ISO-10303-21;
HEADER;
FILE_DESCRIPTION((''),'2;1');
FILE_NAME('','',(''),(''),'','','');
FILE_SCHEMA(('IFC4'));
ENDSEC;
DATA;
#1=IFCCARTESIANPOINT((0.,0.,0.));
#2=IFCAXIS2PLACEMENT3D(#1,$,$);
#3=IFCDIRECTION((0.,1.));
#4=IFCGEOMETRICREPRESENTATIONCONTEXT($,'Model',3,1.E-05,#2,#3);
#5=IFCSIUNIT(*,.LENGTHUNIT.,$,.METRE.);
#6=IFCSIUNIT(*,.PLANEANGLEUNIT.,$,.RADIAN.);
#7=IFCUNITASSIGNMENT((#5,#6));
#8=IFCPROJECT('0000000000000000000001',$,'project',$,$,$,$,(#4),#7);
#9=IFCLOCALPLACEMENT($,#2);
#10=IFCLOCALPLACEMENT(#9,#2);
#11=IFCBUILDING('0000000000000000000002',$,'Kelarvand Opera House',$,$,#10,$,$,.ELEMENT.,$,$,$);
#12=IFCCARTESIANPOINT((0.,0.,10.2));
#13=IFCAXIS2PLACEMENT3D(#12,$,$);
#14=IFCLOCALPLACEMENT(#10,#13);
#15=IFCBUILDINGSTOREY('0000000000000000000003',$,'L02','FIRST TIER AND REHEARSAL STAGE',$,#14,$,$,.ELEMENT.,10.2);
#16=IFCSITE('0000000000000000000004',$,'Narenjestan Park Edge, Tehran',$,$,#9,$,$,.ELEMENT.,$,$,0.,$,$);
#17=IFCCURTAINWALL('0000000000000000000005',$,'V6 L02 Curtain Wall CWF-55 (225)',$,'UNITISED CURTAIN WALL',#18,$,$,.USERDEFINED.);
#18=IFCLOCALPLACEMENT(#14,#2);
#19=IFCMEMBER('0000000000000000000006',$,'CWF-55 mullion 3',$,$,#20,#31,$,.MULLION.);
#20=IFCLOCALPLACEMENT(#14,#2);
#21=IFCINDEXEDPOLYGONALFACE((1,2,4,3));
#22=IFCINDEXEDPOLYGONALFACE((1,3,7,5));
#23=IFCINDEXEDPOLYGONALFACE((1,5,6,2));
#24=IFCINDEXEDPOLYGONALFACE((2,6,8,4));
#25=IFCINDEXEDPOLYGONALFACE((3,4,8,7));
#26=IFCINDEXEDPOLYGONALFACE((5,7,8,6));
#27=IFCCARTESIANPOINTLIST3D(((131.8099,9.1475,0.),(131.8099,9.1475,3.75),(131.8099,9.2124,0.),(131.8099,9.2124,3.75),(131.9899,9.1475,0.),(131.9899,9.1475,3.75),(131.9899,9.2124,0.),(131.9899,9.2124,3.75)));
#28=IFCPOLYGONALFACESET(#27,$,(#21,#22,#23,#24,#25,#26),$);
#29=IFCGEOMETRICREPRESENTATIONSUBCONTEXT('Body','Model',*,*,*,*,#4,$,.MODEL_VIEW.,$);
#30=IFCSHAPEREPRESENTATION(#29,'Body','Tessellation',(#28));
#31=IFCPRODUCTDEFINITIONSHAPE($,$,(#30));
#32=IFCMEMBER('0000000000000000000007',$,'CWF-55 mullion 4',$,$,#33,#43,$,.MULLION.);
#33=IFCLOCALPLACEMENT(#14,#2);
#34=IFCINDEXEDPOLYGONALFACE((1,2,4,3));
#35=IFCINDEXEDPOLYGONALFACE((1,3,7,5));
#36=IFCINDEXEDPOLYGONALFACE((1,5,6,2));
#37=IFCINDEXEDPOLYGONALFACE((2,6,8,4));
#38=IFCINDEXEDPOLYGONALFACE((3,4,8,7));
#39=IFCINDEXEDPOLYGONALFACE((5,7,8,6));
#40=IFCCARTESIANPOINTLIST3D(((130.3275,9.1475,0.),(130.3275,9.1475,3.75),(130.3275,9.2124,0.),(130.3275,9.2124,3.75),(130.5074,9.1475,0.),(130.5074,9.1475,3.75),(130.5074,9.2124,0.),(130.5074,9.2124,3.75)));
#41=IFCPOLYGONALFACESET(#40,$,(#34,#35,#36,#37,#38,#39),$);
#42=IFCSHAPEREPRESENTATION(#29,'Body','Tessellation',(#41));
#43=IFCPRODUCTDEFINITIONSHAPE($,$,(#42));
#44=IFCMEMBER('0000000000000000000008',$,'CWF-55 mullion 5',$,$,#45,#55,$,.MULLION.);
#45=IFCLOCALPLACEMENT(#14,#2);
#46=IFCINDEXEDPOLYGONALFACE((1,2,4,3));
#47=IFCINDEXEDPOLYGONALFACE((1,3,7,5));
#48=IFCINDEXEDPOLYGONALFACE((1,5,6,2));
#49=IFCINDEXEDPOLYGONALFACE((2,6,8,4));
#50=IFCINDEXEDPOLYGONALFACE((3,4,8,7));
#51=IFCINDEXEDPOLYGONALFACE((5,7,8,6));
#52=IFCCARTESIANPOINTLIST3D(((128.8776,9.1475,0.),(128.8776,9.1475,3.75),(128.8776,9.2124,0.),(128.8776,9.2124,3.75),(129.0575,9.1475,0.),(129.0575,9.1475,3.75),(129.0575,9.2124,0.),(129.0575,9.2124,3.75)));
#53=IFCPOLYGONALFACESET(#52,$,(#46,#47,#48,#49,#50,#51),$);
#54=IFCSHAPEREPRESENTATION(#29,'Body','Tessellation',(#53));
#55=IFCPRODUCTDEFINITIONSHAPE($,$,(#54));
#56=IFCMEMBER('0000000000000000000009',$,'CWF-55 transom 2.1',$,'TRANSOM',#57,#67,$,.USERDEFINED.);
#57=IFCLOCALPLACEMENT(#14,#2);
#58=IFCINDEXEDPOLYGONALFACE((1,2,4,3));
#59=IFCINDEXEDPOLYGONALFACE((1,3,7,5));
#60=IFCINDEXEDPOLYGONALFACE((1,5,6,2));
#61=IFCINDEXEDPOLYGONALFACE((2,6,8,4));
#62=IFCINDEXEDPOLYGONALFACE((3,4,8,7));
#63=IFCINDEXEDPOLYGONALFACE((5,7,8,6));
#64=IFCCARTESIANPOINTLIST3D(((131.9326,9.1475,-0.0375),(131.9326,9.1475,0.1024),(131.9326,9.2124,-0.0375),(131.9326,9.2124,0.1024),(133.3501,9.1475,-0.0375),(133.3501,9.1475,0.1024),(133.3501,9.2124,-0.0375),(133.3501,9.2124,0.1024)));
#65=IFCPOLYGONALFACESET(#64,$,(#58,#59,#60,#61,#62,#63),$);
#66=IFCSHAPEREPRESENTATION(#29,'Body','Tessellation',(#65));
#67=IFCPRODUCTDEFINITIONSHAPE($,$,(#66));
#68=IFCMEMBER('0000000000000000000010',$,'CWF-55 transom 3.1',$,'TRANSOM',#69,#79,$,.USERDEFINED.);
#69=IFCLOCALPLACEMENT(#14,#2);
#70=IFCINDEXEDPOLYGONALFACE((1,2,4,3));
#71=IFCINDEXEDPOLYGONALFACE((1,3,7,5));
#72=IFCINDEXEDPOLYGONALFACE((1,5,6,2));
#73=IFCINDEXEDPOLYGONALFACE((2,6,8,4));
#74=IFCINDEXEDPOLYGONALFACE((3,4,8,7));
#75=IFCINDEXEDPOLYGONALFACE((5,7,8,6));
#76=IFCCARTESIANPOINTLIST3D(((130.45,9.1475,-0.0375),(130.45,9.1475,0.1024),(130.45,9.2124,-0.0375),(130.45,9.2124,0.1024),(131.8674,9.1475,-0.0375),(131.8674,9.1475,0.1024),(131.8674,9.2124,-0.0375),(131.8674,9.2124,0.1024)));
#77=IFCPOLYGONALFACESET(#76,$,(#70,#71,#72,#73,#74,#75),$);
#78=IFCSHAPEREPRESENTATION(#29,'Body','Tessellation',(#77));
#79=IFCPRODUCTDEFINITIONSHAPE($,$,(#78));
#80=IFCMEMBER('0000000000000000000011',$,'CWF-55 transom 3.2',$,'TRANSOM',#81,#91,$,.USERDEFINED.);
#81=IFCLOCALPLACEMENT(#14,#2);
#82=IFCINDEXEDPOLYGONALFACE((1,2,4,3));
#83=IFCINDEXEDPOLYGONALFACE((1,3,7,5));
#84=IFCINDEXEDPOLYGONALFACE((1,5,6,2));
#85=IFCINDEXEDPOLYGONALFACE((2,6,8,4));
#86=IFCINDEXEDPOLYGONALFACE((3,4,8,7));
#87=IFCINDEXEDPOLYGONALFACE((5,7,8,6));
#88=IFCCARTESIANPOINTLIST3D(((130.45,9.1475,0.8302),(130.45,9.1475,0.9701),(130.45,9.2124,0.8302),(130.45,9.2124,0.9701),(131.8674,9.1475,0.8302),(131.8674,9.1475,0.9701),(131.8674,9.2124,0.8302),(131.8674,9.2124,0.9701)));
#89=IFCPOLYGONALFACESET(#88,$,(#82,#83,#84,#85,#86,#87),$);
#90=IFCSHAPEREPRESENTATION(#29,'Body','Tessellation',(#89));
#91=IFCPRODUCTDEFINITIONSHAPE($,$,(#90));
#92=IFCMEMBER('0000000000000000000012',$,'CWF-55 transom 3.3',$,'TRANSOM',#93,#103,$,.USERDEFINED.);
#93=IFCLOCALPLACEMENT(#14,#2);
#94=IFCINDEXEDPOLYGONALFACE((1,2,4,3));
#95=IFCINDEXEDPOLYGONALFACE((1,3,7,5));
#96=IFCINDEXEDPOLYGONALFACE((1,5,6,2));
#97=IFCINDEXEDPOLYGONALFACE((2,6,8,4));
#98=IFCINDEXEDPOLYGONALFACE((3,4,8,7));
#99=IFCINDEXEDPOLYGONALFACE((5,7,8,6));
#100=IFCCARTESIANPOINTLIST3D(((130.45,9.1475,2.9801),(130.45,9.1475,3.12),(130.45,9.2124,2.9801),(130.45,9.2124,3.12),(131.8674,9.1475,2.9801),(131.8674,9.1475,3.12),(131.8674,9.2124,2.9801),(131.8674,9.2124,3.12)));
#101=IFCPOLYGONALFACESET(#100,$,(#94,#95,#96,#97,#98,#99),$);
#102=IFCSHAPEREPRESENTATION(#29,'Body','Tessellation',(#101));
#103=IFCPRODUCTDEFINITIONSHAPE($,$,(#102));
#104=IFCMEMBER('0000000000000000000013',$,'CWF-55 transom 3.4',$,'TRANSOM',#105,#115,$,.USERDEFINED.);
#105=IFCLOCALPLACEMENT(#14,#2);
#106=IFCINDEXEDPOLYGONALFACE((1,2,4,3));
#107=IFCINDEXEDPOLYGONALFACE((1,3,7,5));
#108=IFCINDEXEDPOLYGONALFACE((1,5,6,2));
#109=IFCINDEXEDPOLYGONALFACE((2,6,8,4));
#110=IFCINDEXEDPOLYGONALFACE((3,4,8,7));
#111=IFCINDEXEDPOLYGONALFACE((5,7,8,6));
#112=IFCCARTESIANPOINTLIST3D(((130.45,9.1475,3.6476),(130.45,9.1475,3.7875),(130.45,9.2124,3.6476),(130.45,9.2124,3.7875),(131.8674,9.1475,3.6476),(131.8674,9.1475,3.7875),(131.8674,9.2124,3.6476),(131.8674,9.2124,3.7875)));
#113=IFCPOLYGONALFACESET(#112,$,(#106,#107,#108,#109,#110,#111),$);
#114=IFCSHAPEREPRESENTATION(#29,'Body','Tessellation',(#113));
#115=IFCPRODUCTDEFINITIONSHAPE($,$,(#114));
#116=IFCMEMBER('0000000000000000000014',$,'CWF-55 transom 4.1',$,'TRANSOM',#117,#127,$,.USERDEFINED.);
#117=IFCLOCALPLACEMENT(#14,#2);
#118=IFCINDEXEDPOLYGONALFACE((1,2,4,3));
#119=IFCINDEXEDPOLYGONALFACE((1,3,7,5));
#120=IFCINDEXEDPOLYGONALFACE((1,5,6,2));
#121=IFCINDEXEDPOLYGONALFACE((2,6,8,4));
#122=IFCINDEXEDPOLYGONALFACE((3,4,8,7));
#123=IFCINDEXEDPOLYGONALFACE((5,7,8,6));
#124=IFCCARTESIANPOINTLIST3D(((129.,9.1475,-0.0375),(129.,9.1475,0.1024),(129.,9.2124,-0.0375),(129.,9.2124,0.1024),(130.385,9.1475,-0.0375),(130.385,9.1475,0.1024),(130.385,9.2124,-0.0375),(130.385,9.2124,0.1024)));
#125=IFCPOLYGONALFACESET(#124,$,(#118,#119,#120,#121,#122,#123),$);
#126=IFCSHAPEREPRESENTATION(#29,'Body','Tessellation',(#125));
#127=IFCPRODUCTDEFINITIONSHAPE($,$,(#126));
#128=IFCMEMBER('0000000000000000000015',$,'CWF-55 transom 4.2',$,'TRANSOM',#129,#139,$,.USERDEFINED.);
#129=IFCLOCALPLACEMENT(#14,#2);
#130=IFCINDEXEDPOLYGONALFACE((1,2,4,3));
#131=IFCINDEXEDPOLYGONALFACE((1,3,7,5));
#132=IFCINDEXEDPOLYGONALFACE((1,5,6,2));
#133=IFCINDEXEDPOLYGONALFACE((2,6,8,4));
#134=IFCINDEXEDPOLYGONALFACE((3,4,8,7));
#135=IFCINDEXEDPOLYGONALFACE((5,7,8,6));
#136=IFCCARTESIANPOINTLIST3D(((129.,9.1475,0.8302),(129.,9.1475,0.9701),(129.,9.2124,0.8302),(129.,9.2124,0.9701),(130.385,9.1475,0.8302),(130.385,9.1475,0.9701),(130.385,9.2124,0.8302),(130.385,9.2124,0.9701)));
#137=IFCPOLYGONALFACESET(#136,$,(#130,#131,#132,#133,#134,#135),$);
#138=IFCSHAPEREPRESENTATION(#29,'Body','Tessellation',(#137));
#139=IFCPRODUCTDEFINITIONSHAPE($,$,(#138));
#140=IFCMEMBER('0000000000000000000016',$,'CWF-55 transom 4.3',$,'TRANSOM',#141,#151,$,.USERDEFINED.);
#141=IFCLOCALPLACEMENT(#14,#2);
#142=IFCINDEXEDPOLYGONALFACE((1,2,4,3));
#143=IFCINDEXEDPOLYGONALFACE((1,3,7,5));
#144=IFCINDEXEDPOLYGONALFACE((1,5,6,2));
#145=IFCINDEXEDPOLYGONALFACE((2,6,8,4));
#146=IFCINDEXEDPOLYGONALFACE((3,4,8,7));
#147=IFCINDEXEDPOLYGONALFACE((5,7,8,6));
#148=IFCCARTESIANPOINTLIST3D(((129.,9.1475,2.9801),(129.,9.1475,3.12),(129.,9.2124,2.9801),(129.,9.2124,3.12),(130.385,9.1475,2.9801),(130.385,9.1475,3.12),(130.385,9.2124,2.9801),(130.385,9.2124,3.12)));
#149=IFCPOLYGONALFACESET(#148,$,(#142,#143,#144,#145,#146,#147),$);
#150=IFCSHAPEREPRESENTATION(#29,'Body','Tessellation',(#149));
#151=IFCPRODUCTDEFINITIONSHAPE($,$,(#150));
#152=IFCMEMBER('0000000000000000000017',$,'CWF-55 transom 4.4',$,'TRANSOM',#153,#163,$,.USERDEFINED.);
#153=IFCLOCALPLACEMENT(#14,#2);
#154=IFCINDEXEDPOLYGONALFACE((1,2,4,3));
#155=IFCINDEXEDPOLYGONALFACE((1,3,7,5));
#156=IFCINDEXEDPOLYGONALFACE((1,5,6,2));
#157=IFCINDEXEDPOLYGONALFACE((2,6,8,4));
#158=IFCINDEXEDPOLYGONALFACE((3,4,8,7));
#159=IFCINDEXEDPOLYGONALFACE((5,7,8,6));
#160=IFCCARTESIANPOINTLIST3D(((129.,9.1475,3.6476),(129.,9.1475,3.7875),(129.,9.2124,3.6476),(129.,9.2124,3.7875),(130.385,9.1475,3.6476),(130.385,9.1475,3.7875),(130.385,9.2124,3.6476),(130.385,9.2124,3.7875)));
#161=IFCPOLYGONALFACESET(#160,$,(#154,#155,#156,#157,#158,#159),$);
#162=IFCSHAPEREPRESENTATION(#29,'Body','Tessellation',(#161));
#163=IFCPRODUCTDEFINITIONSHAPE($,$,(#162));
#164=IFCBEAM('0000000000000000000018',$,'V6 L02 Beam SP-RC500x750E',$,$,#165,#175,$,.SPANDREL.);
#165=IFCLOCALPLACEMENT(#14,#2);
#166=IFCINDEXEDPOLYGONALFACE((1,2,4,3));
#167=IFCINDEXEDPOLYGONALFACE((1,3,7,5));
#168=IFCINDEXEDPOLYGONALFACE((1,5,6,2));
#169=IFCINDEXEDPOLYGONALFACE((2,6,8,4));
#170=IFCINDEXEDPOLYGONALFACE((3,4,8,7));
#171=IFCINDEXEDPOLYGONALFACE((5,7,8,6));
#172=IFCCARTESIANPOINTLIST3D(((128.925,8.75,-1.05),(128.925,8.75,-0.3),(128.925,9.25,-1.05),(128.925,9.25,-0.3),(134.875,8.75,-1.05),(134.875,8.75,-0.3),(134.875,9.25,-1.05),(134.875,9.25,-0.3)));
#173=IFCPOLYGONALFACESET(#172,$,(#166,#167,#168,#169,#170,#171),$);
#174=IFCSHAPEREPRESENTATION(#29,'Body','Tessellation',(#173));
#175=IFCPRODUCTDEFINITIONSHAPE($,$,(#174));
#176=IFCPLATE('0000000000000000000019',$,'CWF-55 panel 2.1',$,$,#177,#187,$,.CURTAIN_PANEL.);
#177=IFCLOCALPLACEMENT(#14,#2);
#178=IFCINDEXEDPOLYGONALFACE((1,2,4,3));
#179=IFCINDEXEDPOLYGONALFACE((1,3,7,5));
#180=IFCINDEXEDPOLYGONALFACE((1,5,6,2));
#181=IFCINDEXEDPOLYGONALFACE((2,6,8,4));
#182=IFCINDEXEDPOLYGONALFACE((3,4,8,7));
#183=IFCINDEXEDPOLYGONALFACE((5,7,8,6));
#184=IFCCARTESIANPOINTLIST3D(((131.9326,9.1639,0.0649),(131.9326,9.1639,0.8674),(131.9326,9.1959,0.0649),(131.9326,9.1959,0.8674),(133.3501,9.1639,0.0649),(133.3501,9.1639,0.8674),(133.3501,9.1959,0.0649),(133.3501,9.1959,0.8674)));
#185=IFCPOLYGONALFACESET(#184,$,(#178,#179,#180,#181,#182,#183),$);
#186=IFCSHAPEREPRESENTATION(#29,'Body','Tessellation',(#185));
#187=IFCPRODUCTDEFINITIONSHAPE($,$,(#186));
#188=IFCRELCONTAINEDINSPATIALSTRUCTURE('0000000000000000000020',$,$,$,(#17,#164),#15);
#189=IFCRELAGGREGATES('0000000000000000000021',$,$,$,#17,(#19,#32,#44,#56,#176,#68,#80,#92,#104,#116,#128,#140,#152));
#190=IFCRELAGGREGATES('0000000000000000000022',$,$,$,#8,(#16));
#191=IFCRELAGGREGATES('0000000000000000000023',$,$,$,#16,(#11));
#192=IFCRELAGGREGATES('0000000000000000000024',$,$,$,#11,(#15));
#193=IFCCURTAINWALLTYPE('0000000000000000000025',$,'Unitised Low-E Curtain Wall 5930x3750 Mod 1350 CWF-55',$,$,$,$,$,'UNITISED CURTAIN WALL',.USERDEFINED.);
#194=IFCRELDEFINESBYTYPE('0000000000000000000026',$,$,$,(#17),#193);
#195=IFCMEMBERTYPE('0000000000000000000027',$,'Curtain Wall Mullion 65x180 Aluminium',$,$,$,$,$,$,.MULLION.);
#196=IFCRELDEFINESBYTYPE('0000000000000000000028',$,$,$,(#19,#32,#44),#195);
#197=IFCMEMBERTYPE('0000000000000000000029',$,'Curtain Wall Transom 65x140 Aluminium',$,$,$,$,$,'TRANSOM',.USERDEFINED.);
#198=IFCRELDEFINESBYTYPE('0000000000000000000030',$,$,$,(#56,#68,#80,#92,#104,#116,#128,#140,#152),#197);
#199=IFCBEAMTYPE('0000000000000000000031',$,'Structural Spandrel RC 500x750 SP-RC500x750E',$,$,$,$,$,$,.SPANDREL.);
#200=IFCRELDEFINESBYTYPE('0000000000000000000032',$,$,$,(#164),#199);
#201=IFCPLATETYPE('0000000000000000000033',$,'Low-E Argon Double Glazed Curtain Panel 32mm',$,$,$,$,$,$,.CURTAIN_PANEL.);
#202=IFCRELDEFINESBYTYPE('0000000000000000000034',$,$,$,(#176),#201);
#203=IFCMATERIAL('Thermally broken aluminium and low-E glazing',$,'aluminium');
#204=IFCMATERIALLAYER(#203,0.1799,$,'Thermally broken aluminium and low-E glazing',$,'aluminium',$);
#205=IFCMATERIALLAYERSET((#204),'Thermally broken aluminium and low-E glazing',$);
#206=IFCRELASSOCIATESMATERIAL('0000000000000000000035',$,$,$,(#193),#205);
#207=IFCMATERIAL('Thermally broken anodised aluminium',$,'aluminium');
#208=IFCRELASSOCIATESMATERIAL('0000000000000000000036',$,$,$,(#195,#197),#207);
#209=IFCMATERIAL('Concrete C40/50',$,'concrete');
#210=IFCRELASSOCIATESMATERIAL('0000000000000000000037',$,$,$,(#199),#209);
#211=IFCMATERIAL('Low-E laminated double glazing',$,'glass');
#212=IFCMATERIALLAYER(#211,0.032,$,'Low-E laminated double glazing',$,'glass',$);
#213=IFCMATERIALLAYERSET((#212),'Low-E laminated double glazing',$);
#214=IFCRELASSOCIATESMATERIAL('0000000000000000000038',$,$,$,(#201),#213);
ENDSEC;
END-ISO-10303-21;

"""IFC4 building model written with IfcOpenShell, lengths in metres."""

from ifc_helpers import new_model, si_unit, direction, frame, origin, origin_2d, place, context, subcontext, project, spatial, rectangle, extrude, material, layer, layer_set, material_profile, profile_set, type_object, element, aggregate, save


model = new_model("IFC4")

# Units and contexts
model_context = context("Model", 3, precision=1e-05, world=origin(), true_north=direction((0.0, 1.0)))
body_context = subcontext(model_context, "Body", "Model", "MODEL_VIEW")
ifc_project = project(units=[si_unit("LENGTHUNIT", "METRE"), si_unit("PLANEANGLEUNIT", "RADIAN")], contexts=[model_context])

# Site, building, storey
site_placement = place(None, origin())
site = spatial("IfcSite", under=ifc_project, at=site_placement, Name="Narenjestan Park Edge, Tehran", CompositionType="ELEMENT", RefElevation=0.0)
building_placement = place(site_placement, origin())
building = spatial("IfcBuilding", under=site, at=building_placement, Name="Kelarvand Opera House", CompositionType="ELEMENT")
storey_placement = place(building_placement, frame((0.0, 0.0, 10.2)))
storey = spatial("IfcBuildingStorey", under=building, at=storey_placement, Name="L02", Description="FIRST TIER AND REHEARSAL STAGE", CompositionType="ELEMENT", Elevation=10.2)

# Curtain wall, members
ifc_material_1 = material(Name="Thermally broken aluminium and low-E glazing", Category="aluminium")
ifc_layer_1 = layer(ifc_material_1, 0.1799, Name="Thermally broken aluminium and low-E glazing", Category="aluminium")
ifc_layer_set_1 = layer_set([ifc_layer_1], Name="Thermally broken aluminium and low-E glazing")
curtain_wall_type = type_object("IfcCurtainWallType", Name="Unitised Low-E Curtain Wall 5930x3750 Mod 1350 CWF-55", ElementType="UNITISED CURTAIN WALL", PredefinedType="USERDEFINED", material=ifc_layer_set_1)
curtain_wall_placement = place(storey_placement, origin())
curtain_wall = element("IfcCurtainWall", 1, at=curtain_wall_placement, inside=storey, type_object=curtain_wall_type, Name="V6 L02 Curtain Wall CWF-55 (225)", ObjectType="UNITISED CURTAIN WALL", PredefinedType="USERDEFINED")
ifc_material_2 = material(Name="Thermally broken anodised aluminium", Category="aluminium")
ifc_material_profile_1 = material_profile(ifc_material_2, rectangle(XDim=0.0649, YDim=0.1799, at=origin_2d()), Name="ALU MULLION 65x180", Category="aluminium")
ifc_profile_set_1 = profile_set([ifc_material_profile_1], Name="Thermally broken anodised aluminium")
member_type_1 = type_object("IfcMemberType", Name="Curtain Wall Mullion 65x180 Aluminium", PredefinedType="MULLION", material=ifc_profile_set_1)
member_1_placement = place(storey_placement, frame((131.8999, 9.1799, 0.0), z_axis=(0.0, 0.0, 1.0), x_axis=(0.0, -1.0, 0.0)))
member_1 = element("IfcMember", 2, at=member_1_placement, type_object=member_type_1, Name="CWF-55 mullion 3", PredefinedType="MULLION", context=body_context, shape_type="SweptSolid", body=[
    extrude(rectangle(XDim=0.0649, YDim=0.1799, at=origin_2d()), origin(), (0.0, 0.0, 1.0), 3.75),
])
member_2_placement = place(storey_placement, frame((130.4175, 9.1799, 0.0), z_axis=(0.0, 0.0, 1.0), x_axis=(0.0, -1.0, 0.0)))
member_2 = element("IfcMember", 3, at=member_2_placement, type_object=member_type_1, Name="CWF-55 mullion 4", PredefinedType="MULLION", context=body_context, shape_type="SweptSolid", body=[
    extrude(rectangle(XDim=0.0649, YDim=0.1799, at=origin_2d()), origin(), (0.0, 0.0, 1.0), 3.75),
])
member_3_placement = place(storey_placement, frame((128.9675, 9.1799, 0.0), z_axis=(0.0, 0.0, 1.0), x_axis=(0.0, -1.0, 0.0)))
member_3 = element("IfcMember", 4, at=member_3_placement, type_object=member_type_1, Name="CWF-55 mullion 5", PredefinedType="MULLION", context=body_context, shape_type="SweptSolid", body=[
    extrude(rectangle(XDim=0.0649, YDim=0.1799, at=origin_2d()), origin(), (0.0, 0.0, 1.0), 3.75),
])
ifc_material_profile_2 = material_profile(ifc_material_2, rectangle(XDim=0.0649, YDim=0.1399, at=origin_2d()), Name="ALU TRANSOM 65x140", Category="aluminium")
ifc_profile_set_2 = profile_set([ifc_material_profile_2], Name="Thermally broken anodised aluminium")
member_type_2 = type_object("IfcMemberType", Name="Curtain Wall Transom 65x140 Aluminium", ElementType="TRANSOM", PredefinedType="USERDEFINED", material=ifc_profile_set_2)
member_4_placement = place(storey_placement, frame((133.3501, 9.1799, 0.0325), z_axis=(-1.0, 0.0, 0.0), x_axis=(0.0, -1.0, 0.0)))
member_4 = element("IfcMember", 5, at=member_4_placement, type_object=member_type_2, Name="CWF-55 transom 2.1", ObjectType="TRANSOM", PredefinedType="USERDEFINED", context=body_context, shape_type="SweptSolid", body=[
    extrude(rectangle(XDim=0.0649, YDim=0.1399, at=origin_2d()), origin(), (0.0, 0.0, 1.0), 1.4175),
])
member_5_placement = place(storey_placement, frame((131.8674, 9.1799, 0.0325), z_axis=(-1.0, 0.0, 0.0), x_axis=(0.0, -1.0, 0.0)))
member_5 = element("IfcMember", 6, at=member_5_placement, type_object=member_type_2, Name="CWF-55 transom 3.1", ObjectType="TRANSOM", PredefinedType="USERDEFINED", context=body_context, shape_type="SweptSolid", body=[
    extrude(rectangle(XDim=0.0649, YDim=0.1399, at=origin_2d()), origin(), (0.0, 0.0, 1.0), 1.4175),
])
member_6_placement = place(storey_placement, frame((131.8674, 9.1799, 0.9001), z_axis=(-1.0, 0.0, 0.0), x_axis=(0.0, -1.0, 0.0)))
member_6 = element("IfcMember", 7, at=member_6_placement, type_object=member_type_2, Name="CWF-55 transom 3.2", ObjectType="TRANSOM", PredefinedType="USERDEFINED", context=body_context, shape_type="SweptSolid", body=[
    extrude(rectangle(XDim=0.0649, YDim=0.1399, at=origin_2d()), origin(), (0.0, 0.0, 1.0), 1.4175),
])
member_7_placement = place(storey_placement, frame((131.8674, 9.1799, 3.05), z_axis=(-1.0, 0.0, 0.0), x_axis=(0.0, -1.0, 0.0)))
member_7 = element("IfcMember", 8, at=member_7_placement, type_object=member_type_2, Name="CWF-55 transom 3.3", ObjectType="TRANSOM", PredefinedType="USERDEFINED", context=body_context, shape_type="SweptSolid", body=[
    extrude(rectangle(XDim=0.0649, YDim=0.1399, at=origin_2d()), origin(), (0.0, 0.0, 1.0), 1.4175),
])
member_8_placement = place(storey_placement, frame((131.8674, 9.1799, 3.7175), z_axis=(-1.0, 0.0, 0.0), x_axis=(0.0, -1.0, 0.0)))
member_8 = element("IfcMember", 9, at=member_8_placement, type_object=member_type_2, Name="CWF-55 transom 3.4", ObjectType="TRANSOM", PredefinedType="USERDEFINED", context=body_context, shape_type="SweptSolid", body=[
    extrude(rectangle(XDim=0.0649, YDim=0.1399, at=origin_2d()), origin(), (0.0, 0.0, 1.0), 1.4175),
])
member_9_placement = place(storey_placement, frame((130.385, 9.1799, 0.0325), z_axis=(-1.0, 0.0, 0.0), x_axis=(0.0, -1.0, 0.0)))
member_9 = element("IfcMember", 10, at=member_9_placement, type_object=member_type_2, Name="CWF-55 transom 4.1", ObjectType="TRANSOM", PredefinedType="USERDEFINED", context=body_context, shape_type="SweptSolid", body=[
    extrude(rectangle(XDim=0.0649, YDim=0.1399, at=origin_2d()), origin(), (0.0, 0.0, 1.0), 1.385),
])
member_10_placement = place(storey_placement, frame((130.385, 9.1799, 0.9001), z_axis=(-1.0, 0.0, 0.0), x_axis=(0.0, -1.0, 0.0)))
member_10 = element("IfcMember", 11, at=member_10_placement, type_object=member_type_2, Name="CWF-55 transom 4.2", ObjectType="TRANSOM", PredefinedType="USERDEFINED", context=body_context, shape_type="SweptSolid", body=[
    extrude(rectangle(XDim=0.0649, YDim=0.1399, at=origin_2d()), origin(), (0.0, 0.0, 1.0), 1.385),
])
member_11_placement = place(storey_placement, frame((130.385, 9.1799, 3.05), z_axis=(-1.0, 0.0, 0.0), x_axis=(0.0, -1.0, 0.0)))
member_11 = element("IfcMember", 12, at=member_11_placement, type_object=member_type_2, Name="CWF-55 transom 4.3", ObjectType="TRANSOM", PredefinedType="USERDEFINED", context=body_context, shape_type="SweptSolid", body=[
    extrude(rectangle(XDim=0.0649, YDim=0.1399, at=origin_2d()), origin(), (0.0, 0.0, 1.0), 1.385),
])
member_12_placement = place(storey_placement, frame((130.385, 9.1799, 3.7175), z_axis=(-1.0, 0.0, 0.0), x_axis=(0.0, -1.0, 0.0)))
member_12 = element("IfcMember", 13, at=member_12_placement, type_object=member_type_2, Name="CWF-55 transom 4.4", ObjectType="TRANSOM", PredefinedType="USERDEFINED", context=body_context, shape_type="SweptSolid", body=[
    extrude(rectangle(XDim=0.0649, YDim=0.1399, at=origin_2d()), origin(), (0.0, 0.0, 1.0), 1.385),
])

# Beam
ifc_material_3 = material(Name="Concrete C40/50", Category="concrete")
ifc_material_profile_3 = material_profile(ifc_material_3, rectangle(XDim=0.5, YDim=0.75, at=origin_2d()), Name="RC 500x750", Category="concrete")
ifc_profile_set_3 = profile_set([ifc_material_profile_3], Name="Concrete C40/50")
beam_type = type_object("IfcBeamType", Name="Structural Spandrel RC 500x750 SP-RC500x750E", PredefinedType="SPANDREL", material=ifc_profile_set_3)
beam_placement = place(storey_placement, frame((128.925, 9.0, -0.675), z_axis=(1.0, 0.0, 0.0), x_axis=(0.0, 1.0, 0.0)))
element("IfcBeam", 14, at=beam_placement, inside=storey, type_object=beam_type, Name="V6 L02 Beam SP-RC500x750E", PredefinedType="SPANDREL", context=body_context, shape_type="SweptSolid", body=[
    extrude(rectangle(XDim=0.5, YDim=0.75, at=origin_2d()), origin(), (0.0, 0.0, 1.0), 5.95),
])

# Plate
ifc_material_4 = material(Name="Low-E laminated double glazing", Category="glass")
ifc_layer_2 = layer(ifc_material_4, 0.032, Name="Low-E laminated double glazing", Category="glass")
ifc_layer_set_2 = layer_set([ifc_layer_2], Name="Low-E laminated double glazing")
plate_type = type_object("IfcPlateType", Name="Low-E Argon Double Glazed Curtain Panel 32mm", PredefinedType="CURTAIN_PANEL", material=ifc_layer_set_2)
plate_1_placement = place(storey_placement, frame((132.6414, 9.1799, 0.0649), z_axis=(0.0, 0.0, 1.0), x_axis=(-1.0, 0.0, 0.0)))
plate_1 = element("IfcPlate", 15, at=plate_1_placement, type_object=plate_type, Name="CWF-55 panel 2.1", PredefinedType="CURTAIN_PANEL", context=body_context, shape_type="SweptSolid", body=[
    extrude(rectangle(XDim=1.4175, YDim=0.032, at=origin_2d()), origin(), (0.0, 0.0, 1.0), 0.8025),
])
aggregate(curtain_wall, [member_1, member_2, member_3, member_4, plate_1, member_5, member_6, member_7, member_8, member_9, member_10, member_11, member_12])

save(model, "model.ifc")
